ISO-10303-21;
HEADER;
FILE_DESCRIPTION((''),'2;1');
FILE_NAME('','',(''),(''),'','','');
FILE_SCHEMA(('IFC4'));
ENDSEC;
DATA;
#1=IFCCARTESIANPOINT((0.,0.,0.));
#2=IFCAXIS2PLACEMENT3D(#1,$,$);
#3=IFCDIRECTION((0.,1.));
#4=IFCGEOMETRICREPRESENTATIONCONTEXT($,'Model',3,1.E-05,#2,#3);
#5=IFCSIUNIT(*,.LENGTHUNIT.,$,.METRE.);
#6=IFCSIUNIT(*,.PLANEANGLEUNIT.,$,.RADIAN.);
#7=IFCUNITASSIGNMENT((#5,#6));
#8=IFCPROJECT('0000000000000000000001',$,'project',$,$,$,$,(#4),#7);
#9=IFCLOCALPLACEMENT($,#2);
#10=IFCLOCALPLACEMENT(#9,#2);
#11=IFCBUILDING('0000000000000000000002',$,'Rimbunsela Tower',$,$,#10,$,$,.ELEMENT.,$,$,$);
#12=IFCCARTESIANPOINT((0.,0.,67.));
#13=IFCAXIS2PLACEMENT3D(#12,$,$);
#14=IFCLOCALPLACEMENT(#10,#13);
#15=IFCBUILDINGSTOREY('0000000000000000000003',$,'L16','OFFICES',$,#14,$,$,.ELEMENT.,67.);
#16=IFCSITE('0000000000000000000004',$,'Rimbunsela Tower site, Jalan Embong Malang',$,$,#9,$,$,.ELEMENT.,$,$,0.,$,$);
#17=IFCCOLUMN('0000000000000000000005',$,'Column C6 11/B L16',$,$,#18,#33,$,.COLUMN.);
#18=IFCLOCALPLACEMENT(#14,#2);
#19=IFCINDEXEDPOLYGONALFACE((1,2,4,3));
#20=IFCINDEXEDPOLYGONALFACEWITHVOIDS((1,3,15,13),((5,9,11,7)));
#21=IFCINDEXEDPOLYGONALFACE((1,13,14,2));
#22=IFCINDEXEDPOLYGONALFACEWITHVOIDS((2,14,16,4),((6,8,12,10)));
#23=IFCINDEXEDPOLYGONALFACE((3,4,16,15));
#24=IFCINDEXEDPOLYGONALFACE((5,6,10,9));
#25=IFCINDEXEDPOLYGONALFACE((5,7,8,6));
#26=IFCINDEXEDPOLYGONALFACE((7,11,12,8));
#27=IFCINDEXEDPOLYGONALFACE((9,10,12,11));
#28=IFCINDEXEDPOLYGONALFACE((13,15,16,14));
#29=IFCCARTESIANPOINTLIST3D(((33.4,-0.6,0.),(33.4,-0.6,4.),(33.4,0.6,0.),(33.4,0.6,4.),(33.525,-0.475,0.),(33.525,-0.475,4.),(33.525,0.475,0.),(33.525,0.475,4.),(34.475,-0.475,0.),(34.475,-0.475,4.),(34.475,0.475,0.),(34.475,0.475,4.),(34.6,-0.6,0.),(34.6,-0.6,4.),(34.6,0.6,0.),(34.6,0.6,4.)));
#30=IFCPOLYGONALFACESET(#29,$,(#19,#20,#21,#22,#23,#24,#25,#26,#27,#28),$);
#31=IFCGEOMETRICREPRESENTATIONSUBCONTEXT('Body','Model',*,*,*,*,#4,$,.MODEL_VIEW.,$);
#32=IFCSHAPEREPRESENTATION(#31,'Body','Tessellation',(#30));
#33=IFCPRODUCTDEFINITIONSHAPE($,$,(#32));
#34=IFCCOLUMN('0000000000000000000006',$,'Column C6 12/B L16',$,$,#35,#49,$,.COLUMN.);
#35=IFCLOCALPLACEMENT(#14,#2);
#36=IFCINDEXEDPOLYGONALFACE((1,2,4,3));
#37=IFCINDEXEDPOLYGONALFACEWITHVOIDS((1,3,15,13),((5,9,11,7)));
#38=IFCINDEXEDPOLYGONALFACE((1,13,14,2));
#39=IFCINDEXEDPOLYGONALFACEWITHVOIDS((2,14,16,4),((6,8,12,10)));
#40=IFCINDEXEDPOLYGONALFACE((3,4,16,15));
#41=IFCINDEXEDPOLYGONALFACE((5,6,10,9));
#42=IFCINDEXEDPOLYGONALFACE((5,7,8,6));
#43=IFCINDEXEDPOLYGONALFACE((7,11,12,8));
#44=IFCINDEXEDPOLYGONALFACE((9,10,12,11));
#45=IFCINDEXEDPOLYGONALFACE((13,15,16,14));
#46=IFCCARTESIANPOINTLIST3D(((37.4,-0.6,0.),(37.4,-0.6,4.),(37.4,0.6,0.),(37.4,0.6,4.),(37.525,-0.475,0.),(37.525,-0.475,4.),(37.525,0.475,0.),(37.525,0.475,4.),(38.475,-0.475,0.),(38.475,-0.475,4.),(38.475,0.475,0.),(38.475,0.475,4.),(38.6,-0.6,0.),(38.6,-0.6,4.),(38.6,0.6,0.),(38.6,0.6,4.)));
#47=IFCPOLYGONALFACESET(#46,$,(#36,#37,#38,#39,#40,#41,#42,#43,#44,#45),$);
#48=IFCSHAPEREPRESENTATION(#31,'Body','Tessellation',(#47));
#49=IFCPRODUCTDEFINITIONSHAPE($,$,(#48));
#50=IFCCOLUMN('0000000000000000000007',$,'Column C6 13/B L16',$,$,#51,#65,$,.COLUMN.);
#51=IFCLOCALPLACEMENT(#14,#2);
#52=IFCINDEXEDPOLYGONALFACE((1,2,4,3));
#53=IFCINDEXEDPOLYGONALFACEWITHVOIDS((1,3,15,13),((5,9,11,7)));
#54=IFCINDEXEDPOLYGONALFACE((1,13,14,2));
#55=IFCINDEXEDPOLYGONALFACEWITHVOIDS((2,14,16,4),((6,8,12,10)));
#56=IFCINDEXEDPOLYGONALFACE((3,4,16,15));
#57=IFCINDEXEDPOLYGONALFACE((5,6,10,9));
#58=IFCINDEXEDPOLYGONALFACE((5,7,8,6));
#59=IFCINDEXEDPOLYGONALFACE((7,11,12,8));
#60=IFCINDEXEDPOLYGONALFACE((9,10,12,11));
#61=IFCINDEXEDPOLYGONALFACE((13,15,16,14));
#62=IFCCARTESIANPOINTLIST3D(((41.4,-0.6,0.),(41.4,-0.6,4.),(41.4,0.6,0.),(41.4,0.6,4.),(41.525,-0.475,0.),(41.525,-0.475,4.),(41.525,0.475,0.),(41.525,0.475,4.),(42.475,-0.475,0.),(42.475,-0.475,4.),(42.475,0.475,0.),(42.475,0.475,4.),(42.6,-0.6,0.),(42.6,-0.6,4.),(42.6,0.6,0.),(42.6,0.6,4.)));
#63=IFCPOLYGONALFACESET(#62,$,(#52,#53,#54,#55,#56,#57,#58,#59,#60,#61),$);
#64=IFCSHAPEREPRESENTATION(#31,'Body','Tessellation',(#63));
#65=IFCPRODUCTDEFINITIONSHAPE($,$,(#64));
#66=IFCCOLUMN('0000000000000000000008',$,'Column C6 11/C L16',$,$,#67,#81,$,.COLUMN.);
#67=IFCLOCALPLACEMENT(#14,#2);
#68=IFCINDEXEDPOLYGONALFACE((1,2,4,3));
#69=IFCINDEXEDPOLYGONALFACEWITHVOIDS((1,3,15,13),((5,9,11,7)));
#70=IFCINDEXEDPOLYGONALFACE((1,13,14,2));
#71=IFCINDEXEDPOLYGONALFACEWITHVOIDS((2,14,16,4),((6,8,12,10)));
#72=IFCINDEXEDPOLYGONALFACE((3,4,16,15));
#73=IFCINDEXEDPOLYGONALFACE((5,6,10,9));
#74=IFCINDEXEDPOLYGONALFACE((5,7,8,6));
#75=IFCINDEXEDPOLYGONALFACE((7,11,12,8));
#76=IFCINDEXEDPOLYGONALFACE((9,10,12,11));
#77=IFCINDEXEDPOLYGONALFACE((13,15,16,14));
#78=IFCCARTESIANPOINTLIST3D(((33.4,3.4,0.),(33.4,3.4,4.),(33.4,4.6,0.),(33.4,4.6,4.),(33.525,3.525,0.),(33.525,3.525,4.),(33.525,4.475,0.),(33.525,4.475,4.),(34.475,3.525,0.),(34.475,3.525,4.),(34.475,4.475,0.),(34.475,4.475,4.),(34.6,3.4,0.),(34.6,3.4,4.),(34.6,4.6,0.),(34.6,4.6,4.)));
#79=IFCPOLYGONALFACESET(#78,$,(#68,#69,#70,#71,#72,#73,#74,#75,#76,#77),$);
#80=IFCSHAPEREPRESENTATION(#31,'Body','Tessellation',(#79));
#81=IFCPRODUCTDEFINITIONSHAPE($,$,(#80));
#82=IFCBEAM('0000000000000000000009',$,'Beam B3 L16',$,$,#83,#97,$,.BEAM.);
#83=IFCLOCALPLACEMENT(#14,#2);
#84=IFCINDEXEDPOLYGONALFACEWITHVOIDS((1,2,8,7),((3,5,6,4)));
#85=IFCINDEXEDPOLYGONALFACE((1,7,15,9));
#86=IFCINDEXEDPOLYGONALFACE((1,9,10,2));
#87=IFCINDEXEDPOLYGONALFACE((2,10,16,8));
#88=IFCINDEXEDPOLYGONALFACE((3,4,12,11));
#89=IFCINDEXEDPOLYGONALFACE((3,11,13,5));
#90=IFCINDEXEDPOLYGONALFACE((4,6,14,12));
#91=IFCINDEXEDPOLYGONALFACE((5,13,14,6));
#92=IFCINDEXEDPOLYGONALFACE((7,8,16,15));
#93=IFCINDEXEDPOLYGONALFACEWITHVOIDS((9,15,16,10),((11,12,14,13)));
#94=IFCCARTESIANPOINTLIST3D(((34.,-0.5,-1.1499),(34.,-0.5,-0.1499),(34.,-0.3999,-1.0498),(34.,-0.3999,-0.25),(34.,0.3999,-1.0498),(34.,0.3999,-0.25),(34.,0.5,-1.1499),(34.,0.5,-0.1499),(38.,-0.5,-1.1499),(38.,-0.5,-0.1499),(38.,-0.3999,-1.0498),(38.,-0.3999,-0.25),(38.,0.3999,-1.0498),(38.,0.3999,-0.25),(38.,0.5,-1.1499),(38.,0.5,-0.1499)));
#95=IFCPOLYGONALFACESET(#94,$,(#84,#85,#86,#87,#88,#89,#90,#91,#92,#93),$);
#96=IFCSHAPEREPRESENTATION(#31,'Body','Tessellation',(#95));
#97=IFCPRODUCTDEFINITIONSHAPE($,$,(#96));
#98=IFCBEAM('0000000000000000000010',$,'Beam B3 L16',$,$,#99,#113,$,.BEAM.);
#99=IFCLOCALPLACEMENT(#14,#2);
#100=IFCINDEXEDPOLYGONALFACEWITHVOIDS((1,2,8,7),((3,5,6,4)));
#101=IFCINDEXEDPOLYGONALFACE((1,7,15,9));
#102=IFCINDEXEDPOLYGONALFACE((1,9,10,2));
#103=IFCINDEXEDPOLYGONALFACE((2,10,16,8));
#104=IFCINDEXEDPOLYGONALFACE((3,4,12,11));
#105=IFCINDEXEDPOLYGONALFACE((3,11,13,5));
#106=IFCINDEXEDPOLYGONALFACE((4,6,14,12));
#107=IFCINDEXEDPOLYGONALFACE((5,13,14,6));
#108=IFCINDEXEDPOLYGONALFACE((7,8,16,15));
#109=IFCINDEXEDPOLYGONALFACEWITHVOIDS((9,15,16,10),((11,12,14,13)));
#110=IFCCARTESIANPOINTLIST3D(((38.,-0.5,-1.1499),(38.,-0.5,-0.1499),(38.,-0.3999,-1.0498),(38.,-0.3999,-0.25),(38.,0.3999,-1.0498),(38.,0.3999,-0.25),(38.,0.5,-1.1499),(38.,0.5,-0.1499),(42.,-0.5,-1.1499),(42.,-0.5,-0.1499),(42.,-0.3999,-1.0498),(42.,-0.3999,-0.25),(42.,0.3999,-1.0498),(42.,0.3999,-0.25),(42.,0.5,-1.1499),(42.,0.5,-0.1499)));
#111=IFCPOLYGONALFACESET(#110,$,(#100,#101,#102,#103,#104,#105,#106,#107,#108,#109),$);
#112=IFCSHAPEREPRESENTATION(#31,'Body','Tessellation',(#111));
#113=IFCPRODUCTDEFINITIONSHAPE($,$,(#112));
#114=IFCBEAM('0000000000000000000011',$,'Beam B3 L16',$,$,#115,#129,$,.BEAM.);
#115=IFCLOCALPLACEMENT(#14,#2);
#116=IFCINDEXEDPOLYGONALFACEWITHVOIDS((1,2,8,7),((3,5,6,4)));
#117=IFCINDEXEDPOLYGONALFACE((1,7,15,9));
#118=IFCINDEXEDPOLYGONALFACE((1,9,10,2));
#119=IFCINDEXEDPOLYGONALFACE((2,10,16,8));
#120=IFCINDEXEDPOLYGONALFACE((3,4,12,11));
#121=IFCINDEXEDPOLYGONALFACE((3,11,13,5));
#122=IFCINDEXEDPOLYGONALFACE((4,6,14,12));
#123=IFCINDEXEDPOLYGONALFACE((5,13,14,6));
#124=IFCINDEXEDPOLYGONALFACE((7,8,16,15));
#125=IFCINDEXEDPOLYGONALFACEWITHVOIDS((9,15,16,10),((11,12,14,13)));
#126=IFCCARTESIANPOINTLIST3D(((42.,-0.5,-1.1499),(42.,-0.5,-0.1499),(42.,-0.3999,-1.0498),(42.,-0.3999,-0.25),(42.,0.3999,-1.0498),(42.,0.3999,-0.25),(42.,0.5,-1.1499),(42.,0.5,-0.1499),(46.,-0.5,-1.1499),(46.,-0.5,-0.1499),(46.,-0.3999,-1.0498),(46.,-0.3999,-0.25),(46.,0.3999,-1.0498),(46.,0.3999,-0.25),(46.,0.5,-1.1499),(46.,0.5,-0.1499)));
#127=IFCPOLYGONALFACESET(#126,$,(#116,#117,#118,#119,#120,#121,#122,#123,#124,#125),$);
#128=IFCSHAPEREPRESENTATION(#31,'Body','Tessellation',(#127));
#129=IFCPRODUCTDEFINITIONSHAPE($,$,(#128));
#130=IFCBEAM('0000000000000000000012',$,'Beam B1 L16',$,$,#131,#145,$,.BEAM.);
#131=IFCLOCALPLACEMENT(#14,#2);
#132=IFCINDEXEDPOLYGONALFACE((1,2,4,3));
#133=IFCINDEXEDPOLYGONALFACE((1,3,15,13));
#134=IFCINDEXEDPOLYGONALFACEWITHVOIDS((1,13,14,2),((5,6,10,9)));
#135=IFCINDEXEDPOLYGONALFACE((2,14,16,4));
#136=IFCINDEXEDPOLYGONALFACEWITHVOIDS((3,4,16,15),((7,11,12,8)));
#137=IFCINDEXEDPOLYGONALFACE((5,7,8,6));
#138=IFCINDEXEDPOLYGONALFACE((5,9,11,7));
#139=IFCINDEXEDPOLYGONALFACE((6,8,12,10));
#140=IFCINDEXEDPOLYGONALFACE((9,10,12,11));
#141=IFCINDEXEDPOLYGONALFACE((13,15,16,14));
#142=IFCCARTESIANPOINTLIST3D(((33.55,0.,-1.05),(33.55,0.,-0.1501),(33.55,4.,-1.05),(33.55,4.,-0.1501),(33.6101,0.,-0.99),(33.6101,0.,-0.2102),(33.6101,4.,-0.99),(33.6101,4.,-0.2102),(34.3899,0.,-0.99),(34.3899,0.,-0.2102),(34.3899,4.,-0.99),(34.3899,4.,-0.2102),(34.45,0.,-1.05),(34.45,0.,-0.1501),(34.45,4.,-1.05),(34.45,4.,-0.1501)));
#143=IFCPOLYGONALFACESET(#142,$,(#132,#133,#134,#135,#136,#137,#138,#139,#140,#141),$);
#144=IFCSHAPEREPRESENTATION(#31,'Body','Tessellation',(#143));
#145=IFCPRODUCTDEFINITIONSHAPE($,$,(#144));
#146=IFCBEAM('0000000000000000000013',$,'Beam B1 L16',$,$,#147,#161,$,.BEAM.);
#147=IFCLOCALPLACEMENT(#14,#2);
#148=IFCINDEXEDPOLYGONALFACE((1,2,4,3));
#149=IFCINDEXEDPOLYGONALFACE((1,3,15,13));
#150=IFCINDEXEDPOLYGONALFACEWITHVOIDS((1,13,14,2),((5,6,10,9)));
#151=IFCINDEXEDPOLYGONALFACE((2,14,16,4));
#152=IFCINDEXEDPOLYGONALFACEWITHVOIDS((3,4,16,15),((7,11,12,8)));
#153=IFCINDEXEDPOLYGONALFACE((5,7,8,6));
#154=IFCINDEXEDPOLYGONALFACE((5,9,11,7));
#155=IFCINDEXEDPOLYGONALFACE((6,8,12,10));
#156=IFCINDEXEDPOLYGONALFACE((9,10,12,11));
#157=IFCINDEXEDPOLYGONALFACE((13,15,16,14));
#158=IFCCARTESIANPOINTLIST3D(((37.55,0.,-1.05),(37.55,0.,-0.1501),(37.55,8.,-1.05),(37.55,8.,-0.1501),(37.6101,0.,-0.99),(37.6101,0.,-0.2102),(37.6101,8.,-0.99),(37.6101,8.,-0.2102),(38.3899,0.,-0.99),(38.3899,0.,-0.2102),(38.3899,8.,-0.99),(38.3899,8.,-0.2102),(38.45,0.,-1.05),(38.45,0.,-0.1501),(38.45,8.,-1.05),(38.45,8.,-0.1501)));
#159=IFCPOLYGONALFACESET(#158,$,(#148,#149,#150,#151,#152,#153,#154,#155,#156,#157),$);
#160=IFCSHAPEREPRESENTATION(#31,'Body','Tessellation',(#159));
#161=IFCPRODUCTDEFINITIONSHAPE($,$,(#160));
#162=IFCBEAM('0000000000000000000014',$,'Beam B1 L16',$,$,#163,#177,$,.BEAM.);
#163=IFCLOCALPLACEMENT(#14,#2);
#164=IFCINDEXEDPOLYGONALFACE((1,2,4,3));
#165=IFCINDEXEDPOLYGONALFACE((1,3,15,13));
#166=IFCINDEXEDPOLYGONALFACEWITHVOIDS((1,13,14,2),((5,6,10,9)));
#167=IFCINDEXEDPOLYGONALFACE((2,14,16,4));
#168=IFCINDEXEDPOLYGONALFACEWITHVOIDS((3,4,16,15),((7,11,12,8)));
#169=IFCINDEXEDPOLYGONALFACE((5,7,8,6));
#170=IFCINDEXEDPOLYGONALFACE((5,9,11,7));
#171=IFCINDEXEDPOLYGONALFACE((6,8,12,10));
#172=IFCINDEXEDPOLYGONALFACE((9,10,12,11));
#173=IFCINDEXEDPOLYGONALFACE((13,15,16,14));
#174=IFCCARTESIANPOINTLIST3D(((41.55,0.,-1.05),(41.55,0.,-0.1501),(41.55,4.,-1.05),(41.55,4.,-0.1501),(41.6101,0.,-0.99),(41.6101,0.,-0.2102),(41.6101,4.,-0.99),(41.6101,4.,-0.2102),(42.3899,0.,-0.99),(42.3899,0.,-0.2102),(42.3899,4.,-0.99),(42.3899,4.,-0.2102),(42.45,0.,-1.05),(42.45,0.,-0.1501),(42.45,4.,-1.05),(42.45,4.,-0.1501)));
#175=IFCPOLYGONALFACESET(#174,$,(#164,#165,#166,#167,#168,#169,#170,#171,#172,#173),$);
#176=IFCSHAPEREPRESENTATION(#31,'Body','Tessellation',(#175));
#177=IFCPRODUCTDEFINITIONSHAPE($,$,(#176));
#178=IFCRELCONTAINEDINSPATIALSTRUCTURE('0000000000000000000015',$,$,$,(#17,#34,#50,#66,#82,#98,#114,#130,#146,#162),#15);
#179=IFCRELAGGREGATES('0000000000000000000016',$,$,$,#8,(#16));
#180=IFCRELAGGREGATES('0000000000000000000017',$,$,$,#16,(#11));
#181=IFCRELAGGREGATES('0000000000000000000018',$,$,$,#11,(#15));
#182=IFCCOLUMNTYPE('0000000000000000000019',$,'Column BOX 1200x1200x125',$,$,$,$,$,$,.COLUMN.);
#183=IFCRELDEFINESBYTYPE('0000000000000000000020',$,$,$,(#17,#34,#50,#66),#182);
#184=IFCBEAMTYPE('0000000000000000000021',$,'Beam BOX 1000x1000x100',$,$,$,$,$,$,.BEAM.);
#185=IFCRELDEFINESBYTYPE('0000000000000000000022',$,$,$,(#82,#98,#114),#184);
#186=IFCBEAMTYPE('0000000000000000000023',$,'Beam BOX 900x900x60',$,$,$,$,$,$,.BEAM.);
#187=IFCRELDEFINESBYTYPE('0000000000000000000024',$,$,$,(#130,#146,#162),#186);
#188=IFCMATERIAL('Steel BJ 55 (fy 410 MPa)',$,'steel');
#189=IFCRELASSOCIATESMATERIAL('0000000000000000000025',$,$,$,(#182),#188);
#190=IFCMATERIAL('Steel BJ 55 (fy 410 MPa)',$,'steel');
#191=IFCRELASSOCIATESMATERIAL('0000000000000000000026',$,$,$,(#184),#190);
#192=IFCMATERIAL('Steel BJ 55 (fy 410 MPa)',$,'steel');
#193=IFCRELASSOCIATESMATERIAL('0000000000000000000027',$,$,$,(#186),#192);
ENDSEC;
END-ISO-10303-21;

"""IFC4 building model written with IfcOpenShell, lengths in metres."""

from ifc_helpers import new_model, si_unit, direction, frame, origin, origin_2d, place, context, subcontext, project, spatial, hollow_rectangle, extrude, material, material_profile, profile_set, type_object, element, save


model = new_model("IFC4")

# Units and contexts
model_context = context("Model", 3, precision=1e-05, world=origin(), true_north=direction((0.0, 1.0)))
body_context = subcontext(model_context, "Body", "Model", "MODEL_VIEW")
ifc_project = project(units=[si_unit("LENGTHUNIT", "METRE"), si_unit("PLANEANGLEUNIT", "RADIAN")], contexts=[model_context])

# Site, building, storey
site_placement = place(None, origin())
site = spatial("IfcSite", under=ifc_project, at=site_placement, Name="Rimbunsela Tower site, Jalan Embong Malang", CompositionType="ELEMENT", RefElevation=0.0)
building_placement = place(site_placement, origin())
building = spatial("IfcBuilding", under=site, at=building_placement, Name="Rimbunsela Tower", CompositionType="ELEMENT")
storey_placement = place(building_placement, frame((0.0, 0.0, 67.0)))
storey = spatial("IfcBuildingStorey", under=building, at=storey_placement, Name="L16", Description="OFFICES", CompositionType="ELEMENT", Elevation=67.0)

# Columns
ifc_material_1 = material(Name="Steel BJ 55 (fy 410 MPa)", Category="steel")
ifc_material_profile_1 = material_profile(ifc_material_1, hollow_rectangle(XDim=1.2, YDim=1.2, WallThickness=0.125, at=origin_2d()), Name="BOX 1200x1200x125")
ifc_profile_set_1 = profile_set([ifc_material_profile_1], Name="Steel BJ 55 (fy 410 MPa)")
column_type = type_object("IfcColumnType", Name="Column BOX 1200x1200x125", PredefinedType="COLUMN", material=ifc_profile_set_1)
for number, where, z_axis, x_axis, name in (
    (1, (34.0, 0.0, 0.0), (0.0, 0.0, 1.0), (1.0, 0.0, 0.0), "Column C6 11/B L16"),
    (2, (38.0, 0.0, 0.0), (0.0, 0.0, 1.0), (1.0, 0.0, 0.0), "Column C6 12/B L16"),
    (3, (42.0, 0.0, 0.0), (0.0, 0.0, 1.0), (1.0, 0.0, 0.0), "Column C6 13/B L16"),
    (4, (34.0, 4.0, 0.0), (0.0, 0.0, 1.0), (1.0, 0.0, 0.0), "Column C6 11/C L16"),
):
    element("IfcColumn", number, at=place(storey_placement, frame(where, z_axis=z_axis, x_axis=x_axis)), inside=storey, type_object=column_type, Name=name, PredefinedType="COLUMN", context=body_context, shape_type="SweptSolid", body=[
        extrude(hollow_rectangle(XDim=1.2, YDim=1.2, WallThickness=0.125, at=origin_2d()), origin(), (0.0, 0.0, 1.0), 4.0),
    ])

# Beams
ifc_material_2 = material(Name="Steel BJ 55 (fy 410 MPa)", Category="steel")
ifc_material_profile_2 = material_profile(ifc_material_2, hollow_rectangle(XDim=1.0, YDim=1.0, WallThickness=0.1001, at=origin_2d()), Name="BOX 1000x1000x100")
ifc_profile_set_2 = profile_set([ifc_material_profile_2], Name="Steel BJ 55 (fy 410 MPa)")
beam_type_1 = type_object("IfcBeamType", Name="Beam BOX 1000x1000x100", PredefinedType="BEAM", material=ifc_profile_set_2)
for number, where, z_axis, x_axis, name in (
    (5, (34.0, 0.0, -0.6499), (1.0, 0.0, 0.0), (0.0, 1.0, 0.0), "Beam B3 L16"),
    (6, (38.0, 0.0, -0.6499), (1.0, 0.0, 0.0), (0.0, 1.0, 0.0), "Beam B3 L16"),
    (7, (42.0, 0.0, -0.6499), (1.0, 0.0, 0.0), (0.0, 1.0, 0.0), "Beam B3 L16"),
):
    element("IfcBeam", number, at=place(storey_placement, frame(where, z_axis=z_axis, x_axis=x_axis)), inside=storey, type_object=beam_type_1, Name=name, PredefinedType="BEAM", context=body_context, shape_type="SweptSolid", body=[
        extrude(hollow_rectangle(XDim=1.0, YDim=1.0, WallThickness=0.1001, at=origin_2d()), origin(), (0.0, 0.0, 1.0), 4.0),
    ])
ifc_material_3 = material(Name="Steel BJ 55 (fy 410 MPa)", Category="steel")
ifc_material_profile_3 = material_profile(ifc_material_3, hollow_rectangle(XDim=0.8999, YDim=0.8999, WallThickness=0.0601, at=origin_2d()), Name="BOX 900x900x60")
ifc_profile_set_3 = profile_set([ifc_material_profile_3], Name="Steel BJ 55 (fy 410 MPa)")
beam_type_2 = type_object("IfcBeamType", Name="Beam BOX 900x900x60", PredefinedType="BEAM", material=ifc_profile_set_3)
beam_1_placement = place(storey_placement, frame((34.0, 0.0, -0.6001), z_axis=(0.0, 1.0, 0.0), x_axis=(-1.0, 0.0, 0.0)))
element("IfcBeam", 8, at=beam_1_placement, inside=storey, type_object=beam_type_2, Name="Beam B1 L16", PredefinedType="BEAM", context=body_context, shape_type="SweptSolid", body=[
    extrude(hollow_rectangle(XDim=0.8999, YDim=0.8999, WallThickness=0.0601, at=origin_2d()), origin(), (0.0, 0.0, 1.0), 4.0),
])
beam_2_placement = place(storey_placement, frame((38.0, 0.0, -0.6001), z_axis=(0.0, 1.0, 0.0), x_axis=(-1.0, 0.0, 0.0)))
element("IfcBeam", 9, at=beam_2_placement, inside=storey, type_object=beam_type_2, Name="Beam B1 L16", PredefinedType="BEAM", context=body_context, shape_type="SweptSolid", body=[
    extrude(hollow_rectangle(XDim=0.8999, YDim=0.8999, WallThickness=0.0601, at=origin_2d()), origin(), (0.0, 0.0, 1.0), 8.0),
])
beam_3_placement = place(storey_placement, frame((42.0, 0.0, -0.6001), z_axis=(0.0, 1.0, 0.0), x_axis=(-1.0, 0.0, 0.0)))
element("IfcBeam", 10, at=beam_3_placement, inside=storey, type_object=beam_type_2, Name="Beam B1 L16", PredefinedType="BEAM", context=body_context, shape_type="SweptSolid", body=[
    extrude(hollow_rectangle(XDim=0.8999, YDim=0.8999, WallThickness=0.0601, at=origin_2d()), origin(), (0.0, 0.0, 1.0), 4.0),
])

save(model, "model.ifc")
